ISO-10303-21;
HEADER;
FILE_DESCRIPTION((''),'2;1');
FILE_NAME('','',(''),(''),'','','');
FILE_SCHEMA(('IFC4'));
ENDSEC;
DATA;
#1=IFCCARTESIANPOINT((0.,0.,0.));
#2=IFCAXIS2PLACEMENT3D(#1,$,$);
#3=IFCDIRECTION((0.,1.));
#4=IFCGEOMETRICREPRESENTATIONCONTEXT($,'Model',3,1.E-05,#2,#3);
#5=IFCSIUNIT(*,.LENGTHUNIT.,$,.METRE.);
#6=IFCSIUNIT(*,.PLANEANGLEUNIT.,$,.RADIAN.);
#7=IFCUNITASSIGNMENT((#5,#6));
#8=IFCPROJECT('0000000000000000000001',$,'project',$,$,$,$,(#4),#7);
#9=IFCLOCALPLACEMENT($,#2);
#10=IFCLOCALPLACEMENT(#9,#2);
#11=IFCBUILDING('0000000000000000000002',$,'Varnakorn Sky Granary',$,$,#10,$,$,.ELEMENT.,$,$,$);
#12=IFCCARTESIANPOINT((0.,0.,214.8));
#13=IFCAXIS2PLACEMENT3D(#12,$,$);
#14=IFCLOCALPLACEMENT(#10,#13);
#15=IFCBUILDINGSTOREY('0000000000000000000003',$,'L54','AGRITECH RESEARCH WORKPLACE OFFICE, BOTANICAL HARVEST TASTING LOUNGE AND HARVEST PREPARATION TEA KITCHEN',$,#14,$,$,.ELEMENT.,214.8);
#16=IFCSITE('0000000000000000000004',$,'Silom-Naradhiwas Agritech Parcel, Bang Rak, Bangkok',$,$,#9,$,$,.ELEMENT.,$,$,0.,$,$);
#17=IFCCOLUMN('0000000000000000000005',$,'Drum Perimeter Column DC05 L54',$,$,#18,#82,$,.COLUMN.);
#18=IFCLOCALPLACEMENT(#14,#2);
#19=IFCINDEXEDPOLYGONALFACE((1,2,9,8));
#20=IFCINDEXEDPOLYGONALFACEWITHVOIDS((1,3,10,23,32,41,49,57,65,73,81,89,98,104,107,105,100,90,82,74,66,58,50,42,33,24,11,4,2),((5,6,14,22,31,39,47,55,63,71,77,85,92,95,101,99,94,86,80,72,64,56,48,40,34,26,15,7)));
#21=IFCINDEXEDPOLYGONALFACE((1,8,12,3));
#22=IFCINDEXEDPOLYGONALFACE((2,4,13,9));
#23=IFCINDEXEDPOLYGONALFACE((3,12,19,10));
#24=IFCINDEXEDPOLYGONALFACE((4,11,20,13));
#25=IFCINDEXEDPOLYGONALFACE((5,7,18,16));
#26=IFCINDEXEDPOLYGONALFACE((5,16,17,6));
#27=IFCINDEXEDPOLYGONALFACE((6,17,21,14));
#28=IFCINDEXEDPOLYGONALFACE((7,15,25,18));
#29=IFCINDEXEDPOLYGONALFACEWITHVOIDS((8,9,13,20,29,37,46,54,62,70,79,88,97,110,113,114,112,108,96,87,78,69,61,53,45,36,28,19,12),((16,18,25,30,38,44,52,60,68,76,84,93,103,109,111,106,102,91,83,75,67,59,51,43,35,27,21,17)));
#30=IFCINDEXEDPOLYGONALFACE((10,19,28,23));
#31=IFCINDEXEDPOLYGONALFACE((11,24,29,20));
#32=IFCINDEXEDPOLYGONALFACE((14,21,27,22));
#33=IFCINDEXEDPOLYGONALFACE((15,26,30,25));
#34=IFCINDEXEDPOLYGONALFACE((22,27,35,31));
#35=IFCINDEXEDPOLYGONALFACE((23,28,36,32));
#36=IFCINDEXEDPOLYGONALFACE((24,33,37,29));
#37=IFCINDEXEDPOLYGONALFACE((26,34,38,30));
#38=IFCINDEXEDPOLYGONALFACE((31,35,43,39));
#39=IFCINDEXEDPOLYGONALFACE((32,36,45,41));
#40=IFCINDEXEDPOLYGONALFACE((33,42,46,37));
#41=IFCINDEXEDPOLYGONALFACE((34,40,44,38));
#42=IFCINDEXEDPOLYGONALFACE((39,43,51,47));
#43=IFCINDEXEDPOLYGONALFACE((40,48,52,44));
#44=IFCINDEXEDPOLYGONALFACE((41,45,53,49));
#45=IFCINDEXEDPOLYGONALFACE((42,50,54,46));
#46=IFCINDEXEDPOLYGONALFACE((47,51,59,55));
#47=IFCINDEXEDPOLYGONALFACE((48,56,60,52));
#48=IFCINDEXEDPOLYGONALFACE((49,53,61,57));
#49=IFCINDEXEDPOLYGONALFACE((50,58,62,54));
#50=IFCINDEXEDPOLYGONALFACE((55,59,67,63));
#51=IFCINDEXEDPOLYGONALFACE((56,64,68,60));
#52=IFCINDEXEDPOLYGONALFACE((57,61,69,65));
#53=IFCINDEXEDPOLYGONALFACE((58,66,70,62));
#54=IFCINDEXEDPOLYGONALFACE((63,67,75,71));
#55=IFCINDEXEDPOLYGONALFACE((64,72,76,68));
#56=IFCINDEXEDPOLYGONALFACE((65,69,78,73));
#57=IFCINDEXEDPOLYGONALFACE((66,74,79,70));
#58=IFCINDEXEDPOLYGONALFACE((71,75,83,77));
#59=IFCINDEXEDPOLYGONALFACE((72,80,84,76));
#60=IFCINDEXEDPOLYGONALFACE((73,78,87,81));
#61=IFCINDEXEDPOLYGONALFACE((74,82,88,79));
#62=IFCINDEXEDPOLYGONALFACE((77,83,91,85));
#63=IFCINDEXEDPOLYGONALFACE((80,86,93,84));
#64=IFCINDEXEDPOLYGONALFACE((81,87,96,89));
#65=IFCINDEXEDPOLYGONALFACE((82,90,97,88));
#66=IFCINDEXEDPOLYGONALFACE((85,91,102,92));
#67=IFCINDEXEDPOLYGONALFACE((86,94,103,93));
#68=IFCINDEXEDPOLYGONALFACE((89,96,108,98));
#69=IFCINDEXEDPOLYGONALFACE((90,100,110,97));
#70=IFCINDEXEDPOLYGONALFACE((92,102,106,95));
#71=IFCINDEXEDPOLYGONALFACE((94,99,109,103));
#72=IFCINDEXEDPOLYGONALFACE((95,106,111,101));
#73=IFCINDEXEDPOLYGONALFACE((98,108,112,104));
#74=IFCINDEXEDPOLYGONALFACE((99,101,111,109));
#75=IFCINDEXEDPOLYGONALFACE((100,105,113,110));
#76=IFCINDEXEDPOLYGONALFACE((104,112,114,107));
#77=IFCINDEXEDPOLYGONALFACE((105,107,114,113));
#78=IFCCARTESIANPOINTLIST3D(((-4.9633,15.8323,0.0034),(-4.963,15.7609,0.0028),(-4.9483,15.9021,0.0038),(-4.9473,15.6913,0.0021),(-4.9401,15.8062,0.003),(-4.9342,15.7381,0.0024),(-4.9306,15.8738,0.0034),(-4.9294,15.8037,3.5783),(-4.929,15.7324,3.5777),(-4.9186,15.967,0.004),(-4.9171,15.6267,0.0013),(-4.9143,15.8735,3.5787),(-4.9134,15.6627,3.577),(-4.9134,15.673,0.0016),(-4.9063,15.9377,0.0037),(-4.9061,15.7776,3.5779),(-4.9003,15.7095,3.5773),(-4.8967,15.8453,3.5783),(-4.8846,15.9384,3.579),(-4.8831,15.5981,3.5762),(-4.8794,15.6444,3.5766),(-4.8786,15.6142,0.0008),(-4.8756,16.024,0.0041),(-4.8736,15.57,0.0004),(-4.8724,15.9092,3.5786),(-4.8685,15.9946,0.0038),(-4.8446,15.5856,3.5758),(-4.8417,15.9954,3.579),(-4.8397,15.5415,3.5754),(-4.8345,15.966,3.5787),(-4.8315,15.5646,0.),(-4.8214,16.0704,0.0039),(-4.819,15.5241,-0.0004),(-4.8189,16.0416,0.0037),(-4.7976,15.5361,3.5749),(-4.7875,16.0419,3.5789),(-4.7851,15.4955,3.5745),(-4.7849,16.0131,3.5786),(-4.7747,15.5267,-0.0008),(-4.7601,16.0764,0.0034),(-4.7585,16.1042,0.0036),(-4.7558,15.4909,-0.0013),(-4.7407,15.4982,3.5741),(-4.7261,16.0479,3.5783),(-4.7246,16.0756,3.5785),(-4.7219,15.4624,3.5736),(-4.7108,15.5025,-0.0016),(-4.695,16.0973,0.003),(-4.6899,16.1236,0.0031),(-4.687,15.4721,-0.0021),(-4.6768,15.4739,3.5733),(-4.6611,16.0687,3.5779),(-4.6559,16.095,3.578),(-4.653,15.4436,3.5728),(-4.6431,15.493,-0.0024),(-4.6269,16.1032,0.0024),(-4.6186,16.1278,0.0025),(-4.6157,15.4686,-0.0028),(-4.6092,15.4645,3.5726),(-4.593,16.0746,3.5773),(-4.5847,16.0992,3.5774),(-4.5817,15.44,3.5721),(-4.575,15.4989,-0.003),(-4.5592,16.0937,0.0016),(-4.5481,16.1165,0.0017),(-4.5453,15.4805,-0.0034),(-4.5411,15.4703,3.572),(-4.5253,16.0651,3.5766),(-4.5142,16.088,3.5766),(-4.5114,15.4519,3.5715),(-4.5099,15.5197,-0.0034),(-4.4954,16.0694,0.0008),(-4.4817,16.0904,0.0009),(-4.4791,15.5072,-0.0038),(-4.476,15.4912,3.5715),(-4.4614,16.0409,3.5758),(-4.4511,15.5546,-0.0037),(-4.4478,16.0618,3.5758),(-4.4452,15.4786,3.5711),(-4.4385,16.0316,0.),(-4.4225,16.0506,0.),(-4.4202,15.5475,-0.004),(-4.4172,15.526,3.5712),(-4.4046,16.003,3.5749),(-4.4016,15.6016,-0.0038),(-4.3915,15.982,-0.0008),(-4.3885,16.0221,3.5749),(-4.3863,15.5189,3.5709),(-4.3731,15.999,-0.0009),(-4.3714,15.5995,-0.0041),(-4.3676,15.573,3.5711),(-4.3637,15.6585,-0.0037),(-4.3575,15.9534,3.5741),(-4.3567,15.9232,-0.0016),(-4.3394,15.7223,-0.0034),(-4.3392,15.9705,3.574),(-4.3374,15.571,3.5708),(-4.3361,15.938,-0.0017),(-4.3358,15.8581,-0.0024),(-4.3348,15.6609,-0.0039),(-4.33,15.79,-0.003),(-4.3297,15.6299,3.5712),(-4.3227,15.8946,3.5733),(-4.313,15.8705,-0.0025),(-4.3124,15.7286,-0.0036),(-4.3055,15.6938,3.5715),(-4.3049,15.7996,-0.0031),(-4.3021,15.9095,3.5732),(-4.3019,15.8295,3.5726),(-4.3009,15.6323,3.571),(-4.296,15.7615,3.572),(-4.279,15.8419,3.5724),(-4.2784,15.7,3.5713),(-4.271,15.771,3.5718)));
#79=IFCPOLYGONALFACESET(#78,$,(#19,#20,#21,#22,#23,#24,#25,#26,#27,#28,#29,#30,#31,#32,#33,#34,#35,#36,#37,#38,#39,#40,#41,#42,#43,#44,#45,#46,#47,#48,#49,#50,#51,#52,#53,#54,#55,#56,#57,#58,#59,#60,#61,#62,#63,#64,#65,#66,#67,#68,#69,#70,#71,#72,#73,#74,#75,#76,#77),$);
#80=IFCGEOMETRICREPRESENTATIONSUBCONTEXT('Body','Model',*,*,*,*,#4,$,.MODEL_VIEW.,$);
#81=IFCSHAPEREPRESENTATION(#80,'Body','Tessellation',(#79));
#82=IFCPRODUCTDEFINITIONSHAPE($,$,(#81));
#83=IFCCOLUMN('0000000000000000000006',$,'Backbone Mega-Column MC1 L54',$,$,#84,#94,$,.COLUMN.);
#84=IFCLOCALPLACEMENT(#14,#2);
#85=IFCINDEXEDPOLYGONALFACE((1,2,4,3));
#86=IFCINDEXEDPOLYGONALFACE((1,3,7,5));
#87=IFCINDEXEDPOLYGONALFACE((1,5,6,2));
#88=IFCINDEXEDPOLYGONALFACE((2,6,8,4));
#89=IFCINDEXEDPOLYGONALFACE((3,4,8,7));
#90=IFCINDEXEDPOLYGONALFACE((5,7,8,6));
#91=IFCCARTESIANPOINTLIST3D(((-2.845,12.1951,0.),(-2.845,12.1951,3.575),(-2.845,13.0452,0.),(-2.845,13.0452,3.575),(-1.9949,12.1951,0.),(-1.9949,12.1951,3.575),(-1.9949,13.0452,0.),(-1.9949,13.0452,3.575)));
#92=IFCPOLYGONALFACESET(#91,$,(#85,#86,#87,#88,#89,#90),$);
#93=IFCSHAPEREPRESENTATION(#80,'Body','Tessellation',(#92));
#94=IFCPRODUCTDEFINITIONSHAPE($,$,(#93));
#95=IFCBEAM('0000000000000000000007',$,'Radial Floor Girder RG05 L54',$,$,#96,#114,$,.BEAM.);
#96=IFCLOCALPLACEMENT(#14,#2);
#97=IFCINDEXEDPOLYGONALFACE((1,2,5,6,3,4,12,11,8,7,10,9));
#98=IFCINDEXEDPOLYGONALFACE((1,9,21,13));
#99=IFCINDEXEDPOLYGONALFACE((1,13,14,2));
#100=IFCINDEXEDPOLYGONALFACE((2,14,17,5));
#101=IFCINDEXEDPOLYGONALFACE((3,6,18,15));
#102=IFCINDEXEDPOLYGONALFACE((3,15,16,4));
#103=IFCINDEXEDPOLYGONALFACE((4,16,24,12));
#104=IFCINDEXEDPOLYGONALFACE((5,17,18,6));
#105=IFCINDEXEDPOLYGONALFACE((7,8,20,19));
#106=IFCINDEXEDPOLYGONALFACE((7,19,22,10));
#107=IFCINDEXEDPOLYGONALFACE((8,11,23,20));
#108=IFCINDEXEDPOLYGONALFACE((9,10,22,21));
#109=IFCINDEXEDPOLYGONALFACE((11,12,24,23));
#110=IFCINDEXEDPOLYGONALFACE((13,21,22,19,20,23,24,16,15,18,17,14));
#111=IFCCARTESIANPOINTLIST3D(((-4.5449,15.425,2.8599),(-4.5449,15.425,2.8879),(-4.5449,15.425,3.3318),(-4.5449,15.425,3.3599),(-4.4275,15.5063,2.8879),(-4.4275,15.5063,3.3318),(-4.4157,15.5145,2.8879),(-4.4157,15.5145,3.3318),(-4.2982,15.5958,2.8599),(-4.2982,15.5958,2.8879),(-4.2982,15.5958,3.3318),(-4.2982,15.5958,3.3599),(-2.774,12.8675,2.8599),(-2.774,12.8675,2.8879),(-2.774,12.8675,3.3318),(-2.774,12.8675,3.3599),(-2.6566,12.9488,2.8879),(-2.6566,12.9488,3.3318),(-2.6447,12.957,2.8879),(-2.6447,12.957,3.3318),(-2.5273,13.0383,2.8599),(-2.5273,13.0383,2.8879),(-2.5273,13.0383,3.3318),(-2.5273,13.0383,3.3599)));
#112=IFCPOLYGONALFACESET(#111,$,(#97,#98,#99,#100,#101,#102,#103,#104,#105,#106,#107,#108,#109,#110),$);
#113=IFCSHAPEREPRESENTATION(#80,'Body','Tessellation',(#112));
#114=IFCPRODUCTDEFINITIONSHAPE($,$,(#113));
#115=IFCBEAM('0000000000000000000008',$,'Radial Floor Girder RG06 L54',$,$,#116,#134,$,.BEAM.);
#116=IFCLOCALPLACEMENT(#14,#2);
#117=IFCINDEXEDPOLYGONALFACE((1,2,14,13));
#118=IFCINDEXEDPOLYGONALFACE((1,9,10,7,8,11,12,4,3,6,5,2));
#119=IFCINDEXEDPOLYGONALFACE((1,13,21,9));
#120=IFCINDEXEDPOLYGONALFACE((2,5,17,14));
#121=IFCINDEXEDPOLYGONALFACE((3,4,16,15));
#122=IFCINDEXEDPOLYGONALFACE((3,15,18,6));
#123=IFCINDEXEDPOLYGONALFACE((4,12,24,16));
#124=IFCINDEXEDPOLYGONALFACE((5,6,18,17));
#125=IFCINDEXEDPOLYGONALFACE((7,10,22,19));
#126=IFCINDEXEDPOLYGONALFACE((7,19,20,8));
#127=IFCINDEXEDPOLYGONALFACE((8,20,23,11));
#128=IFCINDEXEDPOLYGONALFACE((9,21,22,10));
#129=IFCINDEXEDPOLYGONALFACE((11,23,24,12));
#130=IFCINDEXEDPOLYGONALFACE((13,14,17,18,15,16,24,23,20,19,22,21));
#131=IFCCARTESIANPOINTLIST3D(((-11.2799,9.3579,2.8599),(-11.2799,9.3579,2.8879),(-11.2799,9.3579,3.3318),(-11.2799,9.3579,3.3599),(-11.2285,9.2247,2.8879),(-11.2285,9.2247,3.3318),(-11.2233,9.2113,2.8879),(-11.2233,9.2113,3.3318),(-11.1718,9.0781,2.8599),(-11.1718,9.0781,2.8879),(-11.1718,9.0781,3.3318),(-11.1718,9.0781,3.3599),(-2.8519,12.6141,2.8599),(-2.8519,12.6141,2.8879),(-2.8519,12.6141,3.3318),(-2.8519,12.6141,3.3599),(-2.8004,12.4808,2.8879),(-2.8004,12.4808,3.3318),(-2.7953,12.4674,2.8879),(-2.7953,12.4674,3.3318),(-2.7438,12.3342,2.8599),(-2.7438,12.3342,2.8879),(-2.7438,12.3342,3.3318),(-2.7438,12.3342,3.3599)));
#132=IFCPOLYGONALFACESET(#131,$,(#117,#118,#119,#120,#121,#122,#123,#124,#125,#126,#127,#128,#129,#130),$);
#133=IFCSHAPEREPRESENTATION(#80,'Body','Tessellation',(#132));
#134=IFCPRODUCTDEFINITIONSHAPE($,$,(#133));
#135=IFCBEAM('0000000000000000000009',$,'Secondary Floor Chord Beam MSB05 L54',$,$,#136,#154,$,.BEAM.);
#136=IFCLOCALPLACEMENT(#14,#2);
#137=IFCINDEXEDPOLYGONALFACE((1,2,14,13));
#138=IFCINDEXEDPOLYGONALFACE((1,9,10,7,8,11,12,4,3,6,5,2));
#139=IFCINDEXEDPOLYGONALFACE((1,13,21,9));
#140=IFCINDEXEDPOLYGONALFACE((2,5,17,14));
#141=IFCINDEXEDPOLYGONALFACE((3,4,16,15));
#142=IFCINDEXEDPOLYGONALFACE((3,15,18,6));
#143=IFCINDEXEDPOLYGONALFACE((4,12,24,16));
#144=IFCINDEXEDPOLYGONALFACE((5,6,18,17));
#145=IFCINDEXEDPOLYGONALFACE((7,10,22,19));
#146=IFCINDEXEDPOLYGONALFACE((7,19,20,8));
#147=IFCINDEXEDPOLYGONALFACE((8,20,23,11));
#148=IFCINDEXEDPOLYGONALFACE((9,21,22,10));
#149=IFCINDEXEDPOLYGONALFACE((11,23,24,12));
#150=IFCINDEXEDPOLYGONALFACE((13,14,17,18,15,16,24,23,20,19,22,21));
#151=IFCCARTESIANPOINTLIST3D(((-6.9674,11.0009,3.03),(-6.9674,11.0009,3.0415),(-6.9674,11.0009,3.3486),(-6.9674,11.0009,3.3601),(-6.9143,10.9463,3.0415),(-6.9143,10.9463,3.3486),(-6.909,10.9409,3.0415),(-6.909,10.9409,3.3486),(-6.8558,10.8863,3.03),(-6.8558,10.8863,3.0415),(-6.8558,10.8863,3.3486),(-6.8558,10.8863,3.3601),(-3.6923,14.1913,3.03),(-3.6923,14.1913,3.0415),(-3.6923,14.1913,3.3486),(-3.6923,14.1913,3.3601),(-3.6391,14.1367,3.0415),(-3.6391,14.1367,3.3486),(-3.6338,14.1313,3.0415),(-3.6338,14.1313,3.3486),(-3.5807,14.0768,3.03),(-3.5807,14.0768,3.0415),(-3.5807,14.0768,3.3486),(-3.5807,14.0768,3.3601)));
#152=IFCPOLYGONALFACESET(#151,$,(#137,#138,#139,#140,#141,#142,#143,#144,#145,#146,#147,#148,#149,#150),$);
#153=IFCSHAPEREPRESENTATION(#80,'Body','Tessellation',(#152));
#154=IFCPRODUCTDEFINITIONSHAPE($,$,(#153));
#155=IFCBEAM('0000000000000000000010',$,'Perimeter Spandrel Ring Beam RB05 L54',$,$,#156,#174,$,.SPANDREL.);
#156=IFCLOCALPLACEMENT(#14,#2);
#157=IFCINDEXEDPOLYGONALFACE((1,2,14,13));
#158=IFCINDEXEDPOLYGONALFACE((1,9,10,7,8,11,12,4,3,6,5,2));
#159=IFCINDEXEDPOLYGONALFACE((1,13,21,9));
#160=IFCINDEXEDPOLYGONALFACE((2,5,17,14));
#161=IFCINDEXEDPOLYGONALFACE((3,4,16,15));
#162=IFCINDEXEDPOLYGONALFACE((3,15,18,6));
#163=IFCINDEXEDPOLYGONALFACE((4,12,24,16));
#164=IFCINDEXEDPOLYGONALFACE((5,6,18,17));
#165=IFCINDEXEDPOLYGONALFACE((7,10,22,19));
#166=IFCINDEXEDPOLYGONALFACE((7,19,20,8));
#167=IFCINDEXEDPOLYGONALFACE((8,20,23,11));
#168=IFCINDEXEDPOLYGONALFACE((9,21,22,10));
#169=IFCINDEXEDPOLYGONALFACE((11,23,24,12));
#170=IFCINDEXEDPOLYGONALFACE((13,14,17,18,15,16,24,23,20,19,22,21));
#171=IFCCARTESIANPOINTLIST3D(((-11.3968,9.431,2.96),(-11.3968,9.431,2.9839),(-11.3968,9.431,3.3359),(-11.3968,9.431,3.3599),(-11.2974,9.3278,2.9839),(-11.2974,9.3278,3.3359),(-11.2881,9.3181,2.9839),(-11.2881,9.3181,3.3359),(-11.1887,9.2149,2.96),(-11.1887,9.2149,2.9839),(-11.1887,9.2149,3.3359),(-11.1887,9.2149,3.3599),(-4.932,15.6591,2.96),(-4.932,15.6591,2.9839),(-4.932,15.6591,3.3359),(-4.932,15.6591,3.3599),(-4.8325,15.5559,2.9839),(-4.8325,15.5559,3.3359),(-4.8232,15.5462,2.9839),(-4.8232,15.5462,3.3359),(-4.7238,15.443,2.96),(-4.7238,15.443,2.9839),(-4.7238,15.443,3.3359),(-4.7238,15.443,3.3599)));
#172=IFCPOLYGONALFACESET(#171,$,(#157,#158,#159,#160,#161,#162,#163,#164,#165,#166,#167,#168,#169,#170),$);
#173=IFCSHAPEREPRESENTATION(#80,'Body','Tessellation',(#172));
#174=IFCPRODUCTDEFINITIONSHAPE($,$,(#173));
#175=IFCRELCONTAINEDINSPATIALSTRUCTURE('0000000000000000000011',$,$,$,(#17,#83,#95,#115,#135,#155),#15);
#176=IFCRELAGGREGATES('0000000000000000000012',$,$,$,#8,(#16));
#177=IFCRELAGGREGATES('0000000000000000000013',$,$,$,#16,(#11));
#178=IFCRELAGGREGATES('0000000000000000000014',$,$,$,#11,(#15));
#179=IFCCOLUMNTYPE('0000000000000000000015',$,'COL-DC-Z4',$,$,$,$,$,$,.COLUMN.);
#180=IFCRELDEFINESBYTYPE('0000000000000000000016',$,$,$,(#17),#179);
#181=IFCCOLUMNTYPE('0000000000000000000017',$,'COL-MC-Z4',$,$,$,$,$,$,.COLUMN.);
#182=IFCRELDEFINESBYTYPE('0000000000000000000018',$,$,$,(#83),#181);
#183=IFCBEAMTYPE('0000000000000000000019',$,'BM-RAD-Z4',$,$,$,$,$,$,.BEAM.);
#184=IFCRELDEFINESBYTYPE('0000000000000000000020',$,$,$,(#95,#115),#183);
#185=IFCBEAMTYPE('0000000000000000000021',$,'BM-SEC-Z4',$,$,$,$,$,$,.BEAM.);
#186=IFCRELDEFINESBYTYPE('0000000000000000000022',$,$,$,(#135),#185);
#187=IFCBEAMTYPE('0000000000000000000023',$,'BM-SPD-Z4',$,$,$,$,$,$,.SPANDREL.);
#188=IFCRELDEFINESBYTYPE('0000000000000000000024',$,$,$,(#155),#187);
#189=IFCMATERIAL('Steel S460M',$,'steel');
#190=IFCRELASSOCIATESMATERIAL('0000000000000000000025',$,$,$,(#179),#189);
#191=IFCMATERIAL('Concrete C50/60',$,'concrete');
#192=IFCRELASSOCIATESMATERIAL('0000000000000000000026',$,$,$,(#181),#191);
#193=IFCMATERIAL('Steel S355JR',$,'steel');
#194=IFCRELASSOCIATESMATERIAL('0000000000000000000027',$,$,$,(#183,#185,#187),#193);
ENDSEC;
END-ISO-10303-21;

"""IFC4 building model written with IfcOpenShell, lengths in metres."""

from ifc_helpers import new_model, si_unit, direction, frame, origin, origin_2d, place, context, subcontext, project, spatial, rectangle, hollow_circle, i_section, extrude, material, material_profile, profile_set, type_object, element, save


model = new_model("IFC4")

# Units and contexts
model_context = context("Model", 3, precision=1e-05, world=origin(), true_north=direction((0.0, 1.0)))
body_context = subcontext(model_context, "Body", "Model", "MODEL_VIEW")
ifc_project = project(units=[si_unit("LENGTHUNIT", "METRE"), si_unit("PLANEANGLEUNIT", "RADIAN")], contexts=[model_context])

# Site, building, storey
site_placement = place(None, origin())
site = spatial("IfcSite", under=ifc_project, at=site_placement, Name="Silom-Naradhiwas Agritech Parcel, Bang Rak, Bangkok", CompositionType="ELEMENT", RefElevation=0.0)
building_placement = place(site_placement, origin())
building = spatial("IfcBuilding", under=site, at=building_placement, Name="Varnakorn Sky Granary", CompositionType="ELEMENT")
storey_placement = place(building_placement, frame((0.0, 0.0, 214.8)))
storey = spatial("IfcBuildingStorey", under=building, at=storey_placement, Name="L54", Description="AGRITECH RESEARCH WORKPLACE OFFICE, BOTANICAL HARVEST TASTING LOUNGE AND HARVEST PREPARATION TEA KITCHEN", CompositionType="ELEMENT", Elevation=214.8)

# Columns
ifc_material_1 = material(Name="Steel S460M", Category="steel")
ifc_material_profile_1 = material_profile(ifc_material_1, hollow_circle(Radius=0.3301, WallThickness=0.0249, at=origin_2d()), Name="CHS 660x25")
ifc_profile_set_1 = profile_set([ifc_material_profile_1], Name="Steel S460M")
column_type_1 = type_object("IfcColumnType", Name="COL-DC-Z4", PredefinedType="COLUMN", material=ifc_profile_set_1)
column_1_placement = place(storey_placement, frame((-4.635, 15.7981, 0.0), z_axis=(0.009492, -0.00799, 0.999923), x_axis=(0.643966, 0.765054, 0.0)))
element("IfcColumn", 1, at=column_1_placement, inside=storey, type_object=column_type_1, Name="Drum Perimeter Column DC05 L54", PredefinedType="COLUMN", context=body_context, shape_type="SweptSolid", body=[
    extrude(hollow_circle(Radius=0.3301, WallThickness=0.0249, at=origin_2d()), origin(), (0.0, 0.0, 1.0), 3.5752),
])
ifc_material_2 = material(Name="Concrete C50/60", Category="concrete")
ifc_material_profile_2 = material_profile(ifc_material_2, rectangle(XDim=0.8501, YDim=0.8501, at=origin_2d()), Name="RC 850x850")
ifc_profile_set_2 = profile_set([ifc_material_profile_2], Name="Concrete C50/60")
column_type_2 = type_object("IfcColumnType", Name="COL-MC-Z4", PredefinedType="COLUMN", material=ifc_profile_set_2)
column_2_placement = place(storey_placement, frame((-2.4199, 12.6201, 0.0), z_axis=(0.0, 0.0, 1.0), x_axis=(1.0, 0.0, 0.0)))
element("IfcColumn", 2, at=column_2_placement, inside=storey, type_object=column_type_2, Name="Backbone Mega-Column MC1 L54", PredefinedType="COLUMN", context=body_context, shape_type="SweptSolid", body=[
    extrude(rectangle(XDim=0.8501, YDim=0.8501, at=origin_2d()), origin(), (0.0, 0.0, 1.0), 3.575),
])

# Beams
ifc_material_3 = material(Name="Steel S355JR", Category="steel")
ifc_material_profile_3 = material_profile(ifc_material_3, i_section(OverallWidth=0.3, OverallDepth=0.5, WebThickness=0.0144, FlangeThickness=0.0281, at=origin_2d()), Name="HE 500 B")
ifc_profile_set_3 = profile_set([ifc_material_profile_3], Name="Steel S355JR")
beam_type_1 = type_object("IfcBeamType", Name="BM-RAD-Z4", PredefinedType="BEAM", material=ifc_profile_set_3)
beam_1_placement = place(storey_placement, frame((-2.6506, 12.9529, 3.1099), z_axis=(-0.569283, 0.822141, 0.0), x_axis=(-0.822141, -0.569283, 0.0)))
element("IfcBeam", 3, at=beam_1_placement, inside=storey, type_object=beam_type_1, Name="Radial Floor Girder RG05 L54", PredefinedType="BEAM", context=body_context, shape_type="SweptSolid", body=[
    extrude(i_section(OverallWidth=0.3, OverallDepth=0.5, WebThickness=0.0144, FlangeThickness=0.0281, at=origin_2d()), origin(), (0.0, 0.0, 1.0), 3.1108),
])
beam_2_placement = place(storey_placement, frame((-2.7979, 12.4741, 3.1099), z_axis=(-0.932804, -0.360384, 0.0), x_axis=(0.360384, -0.932804, 0.0)))
element("IfcBeam", 4, at=beam_2_placement, inside=storey, type_object=beam_type_1, Name="Radial Floor Girder RG06 L54", PredefinedType="BEAM", context=body_context, shape_type="SweptSolid", body=[
    extrude(i_section(OverallWidth=0.3, OverallDepth=0.5, WebThickness=0.0144, FlangeThickness=0.0281, at=origin_2d()), origin(), (0.0, 0.0, 1.0), 9.0352),
])
ifc_material_profile_4 = material_profile(ifc_material_3, i_section(OverallWidth=0.1599, OverallDepth=0.3301, WebThickness=0.0076, FlangeThickness=0.0115, at=origin_2d()), Name="IPE 330")
ifc_profile_set_4 = profile_set([ifc_material_profile_4], Name="Steel S355JR")
beam_type_2 = type_object("IfcBeamType", Name="BM-SEC-Z4", PredefinedType="BEAM", material=ifc_profile_set_4)
beam_3_placement = place(storey_placement, frame((-3.6365, 14.134, 3.1951), z_axis=(-0.71631, -0.697782, 0.0), x_axis=(0.697782, -0.71631, 0.0)))
element("IfcBeam", 5, at=beam_3_placement, inside=storey, type_object=beam_type_2, Name="Secondary Floor Chord Beam MSB05 L54", PredefinedType="BEAM", context=body_context, shape_type="SweptSolid", body=[
    extrude(i_section(OverallWidth=0.1599, OverallDepth=0.3301, WebThickness=0.0076, FlangeThickness=0.0115, at=origin_2d()), origin(), (0.0, 0.0, 1.0), 4.5723),
])
ifc_material_profile_5 = material_profile(ifc_material_3, i_section(OverallWidth=0.3, OverallDepth=0.3999, WebThickness=0.0134, FlangeThickness=0.0239, at=origin_2d()), Name="HE 400 B")
ifc_profile_set_5 = profile_set([ifc_material_profile_5], Name="Steel S355JR")
beam_type_3 = type_object("IfcBeamType", Name="BM-SPD-Z4", PredefinedType="SPANDREL", material=ifc_profile_set_5)
beam_4_placement = place(storey_placement, frame((-4.8279, 15.551, 3.1599), z_axis=(-0.720174, -0.693793, 0.0), x_axis=(0.693793, -0.720174, 0.0)))
element("IfcBeam", 6, at=beam_4_placement, inside=storey, type_object=beam_type_3, Name="Perimeter Spandrel Ring Beam RB05 L54", PredefinedType="SPANDREL", context=body_context, shape_type="SweptSolid", body=[
    extrude(i_section(OverallWidth=0.3, OverallDepth=0.3999, WebThickness=0.0134, FlangeThickness=0.0239, at=origin_2d()), origin(), (0.0, 0.0, 1.0), 8.9768),
])

save(model, "model.ifc")
